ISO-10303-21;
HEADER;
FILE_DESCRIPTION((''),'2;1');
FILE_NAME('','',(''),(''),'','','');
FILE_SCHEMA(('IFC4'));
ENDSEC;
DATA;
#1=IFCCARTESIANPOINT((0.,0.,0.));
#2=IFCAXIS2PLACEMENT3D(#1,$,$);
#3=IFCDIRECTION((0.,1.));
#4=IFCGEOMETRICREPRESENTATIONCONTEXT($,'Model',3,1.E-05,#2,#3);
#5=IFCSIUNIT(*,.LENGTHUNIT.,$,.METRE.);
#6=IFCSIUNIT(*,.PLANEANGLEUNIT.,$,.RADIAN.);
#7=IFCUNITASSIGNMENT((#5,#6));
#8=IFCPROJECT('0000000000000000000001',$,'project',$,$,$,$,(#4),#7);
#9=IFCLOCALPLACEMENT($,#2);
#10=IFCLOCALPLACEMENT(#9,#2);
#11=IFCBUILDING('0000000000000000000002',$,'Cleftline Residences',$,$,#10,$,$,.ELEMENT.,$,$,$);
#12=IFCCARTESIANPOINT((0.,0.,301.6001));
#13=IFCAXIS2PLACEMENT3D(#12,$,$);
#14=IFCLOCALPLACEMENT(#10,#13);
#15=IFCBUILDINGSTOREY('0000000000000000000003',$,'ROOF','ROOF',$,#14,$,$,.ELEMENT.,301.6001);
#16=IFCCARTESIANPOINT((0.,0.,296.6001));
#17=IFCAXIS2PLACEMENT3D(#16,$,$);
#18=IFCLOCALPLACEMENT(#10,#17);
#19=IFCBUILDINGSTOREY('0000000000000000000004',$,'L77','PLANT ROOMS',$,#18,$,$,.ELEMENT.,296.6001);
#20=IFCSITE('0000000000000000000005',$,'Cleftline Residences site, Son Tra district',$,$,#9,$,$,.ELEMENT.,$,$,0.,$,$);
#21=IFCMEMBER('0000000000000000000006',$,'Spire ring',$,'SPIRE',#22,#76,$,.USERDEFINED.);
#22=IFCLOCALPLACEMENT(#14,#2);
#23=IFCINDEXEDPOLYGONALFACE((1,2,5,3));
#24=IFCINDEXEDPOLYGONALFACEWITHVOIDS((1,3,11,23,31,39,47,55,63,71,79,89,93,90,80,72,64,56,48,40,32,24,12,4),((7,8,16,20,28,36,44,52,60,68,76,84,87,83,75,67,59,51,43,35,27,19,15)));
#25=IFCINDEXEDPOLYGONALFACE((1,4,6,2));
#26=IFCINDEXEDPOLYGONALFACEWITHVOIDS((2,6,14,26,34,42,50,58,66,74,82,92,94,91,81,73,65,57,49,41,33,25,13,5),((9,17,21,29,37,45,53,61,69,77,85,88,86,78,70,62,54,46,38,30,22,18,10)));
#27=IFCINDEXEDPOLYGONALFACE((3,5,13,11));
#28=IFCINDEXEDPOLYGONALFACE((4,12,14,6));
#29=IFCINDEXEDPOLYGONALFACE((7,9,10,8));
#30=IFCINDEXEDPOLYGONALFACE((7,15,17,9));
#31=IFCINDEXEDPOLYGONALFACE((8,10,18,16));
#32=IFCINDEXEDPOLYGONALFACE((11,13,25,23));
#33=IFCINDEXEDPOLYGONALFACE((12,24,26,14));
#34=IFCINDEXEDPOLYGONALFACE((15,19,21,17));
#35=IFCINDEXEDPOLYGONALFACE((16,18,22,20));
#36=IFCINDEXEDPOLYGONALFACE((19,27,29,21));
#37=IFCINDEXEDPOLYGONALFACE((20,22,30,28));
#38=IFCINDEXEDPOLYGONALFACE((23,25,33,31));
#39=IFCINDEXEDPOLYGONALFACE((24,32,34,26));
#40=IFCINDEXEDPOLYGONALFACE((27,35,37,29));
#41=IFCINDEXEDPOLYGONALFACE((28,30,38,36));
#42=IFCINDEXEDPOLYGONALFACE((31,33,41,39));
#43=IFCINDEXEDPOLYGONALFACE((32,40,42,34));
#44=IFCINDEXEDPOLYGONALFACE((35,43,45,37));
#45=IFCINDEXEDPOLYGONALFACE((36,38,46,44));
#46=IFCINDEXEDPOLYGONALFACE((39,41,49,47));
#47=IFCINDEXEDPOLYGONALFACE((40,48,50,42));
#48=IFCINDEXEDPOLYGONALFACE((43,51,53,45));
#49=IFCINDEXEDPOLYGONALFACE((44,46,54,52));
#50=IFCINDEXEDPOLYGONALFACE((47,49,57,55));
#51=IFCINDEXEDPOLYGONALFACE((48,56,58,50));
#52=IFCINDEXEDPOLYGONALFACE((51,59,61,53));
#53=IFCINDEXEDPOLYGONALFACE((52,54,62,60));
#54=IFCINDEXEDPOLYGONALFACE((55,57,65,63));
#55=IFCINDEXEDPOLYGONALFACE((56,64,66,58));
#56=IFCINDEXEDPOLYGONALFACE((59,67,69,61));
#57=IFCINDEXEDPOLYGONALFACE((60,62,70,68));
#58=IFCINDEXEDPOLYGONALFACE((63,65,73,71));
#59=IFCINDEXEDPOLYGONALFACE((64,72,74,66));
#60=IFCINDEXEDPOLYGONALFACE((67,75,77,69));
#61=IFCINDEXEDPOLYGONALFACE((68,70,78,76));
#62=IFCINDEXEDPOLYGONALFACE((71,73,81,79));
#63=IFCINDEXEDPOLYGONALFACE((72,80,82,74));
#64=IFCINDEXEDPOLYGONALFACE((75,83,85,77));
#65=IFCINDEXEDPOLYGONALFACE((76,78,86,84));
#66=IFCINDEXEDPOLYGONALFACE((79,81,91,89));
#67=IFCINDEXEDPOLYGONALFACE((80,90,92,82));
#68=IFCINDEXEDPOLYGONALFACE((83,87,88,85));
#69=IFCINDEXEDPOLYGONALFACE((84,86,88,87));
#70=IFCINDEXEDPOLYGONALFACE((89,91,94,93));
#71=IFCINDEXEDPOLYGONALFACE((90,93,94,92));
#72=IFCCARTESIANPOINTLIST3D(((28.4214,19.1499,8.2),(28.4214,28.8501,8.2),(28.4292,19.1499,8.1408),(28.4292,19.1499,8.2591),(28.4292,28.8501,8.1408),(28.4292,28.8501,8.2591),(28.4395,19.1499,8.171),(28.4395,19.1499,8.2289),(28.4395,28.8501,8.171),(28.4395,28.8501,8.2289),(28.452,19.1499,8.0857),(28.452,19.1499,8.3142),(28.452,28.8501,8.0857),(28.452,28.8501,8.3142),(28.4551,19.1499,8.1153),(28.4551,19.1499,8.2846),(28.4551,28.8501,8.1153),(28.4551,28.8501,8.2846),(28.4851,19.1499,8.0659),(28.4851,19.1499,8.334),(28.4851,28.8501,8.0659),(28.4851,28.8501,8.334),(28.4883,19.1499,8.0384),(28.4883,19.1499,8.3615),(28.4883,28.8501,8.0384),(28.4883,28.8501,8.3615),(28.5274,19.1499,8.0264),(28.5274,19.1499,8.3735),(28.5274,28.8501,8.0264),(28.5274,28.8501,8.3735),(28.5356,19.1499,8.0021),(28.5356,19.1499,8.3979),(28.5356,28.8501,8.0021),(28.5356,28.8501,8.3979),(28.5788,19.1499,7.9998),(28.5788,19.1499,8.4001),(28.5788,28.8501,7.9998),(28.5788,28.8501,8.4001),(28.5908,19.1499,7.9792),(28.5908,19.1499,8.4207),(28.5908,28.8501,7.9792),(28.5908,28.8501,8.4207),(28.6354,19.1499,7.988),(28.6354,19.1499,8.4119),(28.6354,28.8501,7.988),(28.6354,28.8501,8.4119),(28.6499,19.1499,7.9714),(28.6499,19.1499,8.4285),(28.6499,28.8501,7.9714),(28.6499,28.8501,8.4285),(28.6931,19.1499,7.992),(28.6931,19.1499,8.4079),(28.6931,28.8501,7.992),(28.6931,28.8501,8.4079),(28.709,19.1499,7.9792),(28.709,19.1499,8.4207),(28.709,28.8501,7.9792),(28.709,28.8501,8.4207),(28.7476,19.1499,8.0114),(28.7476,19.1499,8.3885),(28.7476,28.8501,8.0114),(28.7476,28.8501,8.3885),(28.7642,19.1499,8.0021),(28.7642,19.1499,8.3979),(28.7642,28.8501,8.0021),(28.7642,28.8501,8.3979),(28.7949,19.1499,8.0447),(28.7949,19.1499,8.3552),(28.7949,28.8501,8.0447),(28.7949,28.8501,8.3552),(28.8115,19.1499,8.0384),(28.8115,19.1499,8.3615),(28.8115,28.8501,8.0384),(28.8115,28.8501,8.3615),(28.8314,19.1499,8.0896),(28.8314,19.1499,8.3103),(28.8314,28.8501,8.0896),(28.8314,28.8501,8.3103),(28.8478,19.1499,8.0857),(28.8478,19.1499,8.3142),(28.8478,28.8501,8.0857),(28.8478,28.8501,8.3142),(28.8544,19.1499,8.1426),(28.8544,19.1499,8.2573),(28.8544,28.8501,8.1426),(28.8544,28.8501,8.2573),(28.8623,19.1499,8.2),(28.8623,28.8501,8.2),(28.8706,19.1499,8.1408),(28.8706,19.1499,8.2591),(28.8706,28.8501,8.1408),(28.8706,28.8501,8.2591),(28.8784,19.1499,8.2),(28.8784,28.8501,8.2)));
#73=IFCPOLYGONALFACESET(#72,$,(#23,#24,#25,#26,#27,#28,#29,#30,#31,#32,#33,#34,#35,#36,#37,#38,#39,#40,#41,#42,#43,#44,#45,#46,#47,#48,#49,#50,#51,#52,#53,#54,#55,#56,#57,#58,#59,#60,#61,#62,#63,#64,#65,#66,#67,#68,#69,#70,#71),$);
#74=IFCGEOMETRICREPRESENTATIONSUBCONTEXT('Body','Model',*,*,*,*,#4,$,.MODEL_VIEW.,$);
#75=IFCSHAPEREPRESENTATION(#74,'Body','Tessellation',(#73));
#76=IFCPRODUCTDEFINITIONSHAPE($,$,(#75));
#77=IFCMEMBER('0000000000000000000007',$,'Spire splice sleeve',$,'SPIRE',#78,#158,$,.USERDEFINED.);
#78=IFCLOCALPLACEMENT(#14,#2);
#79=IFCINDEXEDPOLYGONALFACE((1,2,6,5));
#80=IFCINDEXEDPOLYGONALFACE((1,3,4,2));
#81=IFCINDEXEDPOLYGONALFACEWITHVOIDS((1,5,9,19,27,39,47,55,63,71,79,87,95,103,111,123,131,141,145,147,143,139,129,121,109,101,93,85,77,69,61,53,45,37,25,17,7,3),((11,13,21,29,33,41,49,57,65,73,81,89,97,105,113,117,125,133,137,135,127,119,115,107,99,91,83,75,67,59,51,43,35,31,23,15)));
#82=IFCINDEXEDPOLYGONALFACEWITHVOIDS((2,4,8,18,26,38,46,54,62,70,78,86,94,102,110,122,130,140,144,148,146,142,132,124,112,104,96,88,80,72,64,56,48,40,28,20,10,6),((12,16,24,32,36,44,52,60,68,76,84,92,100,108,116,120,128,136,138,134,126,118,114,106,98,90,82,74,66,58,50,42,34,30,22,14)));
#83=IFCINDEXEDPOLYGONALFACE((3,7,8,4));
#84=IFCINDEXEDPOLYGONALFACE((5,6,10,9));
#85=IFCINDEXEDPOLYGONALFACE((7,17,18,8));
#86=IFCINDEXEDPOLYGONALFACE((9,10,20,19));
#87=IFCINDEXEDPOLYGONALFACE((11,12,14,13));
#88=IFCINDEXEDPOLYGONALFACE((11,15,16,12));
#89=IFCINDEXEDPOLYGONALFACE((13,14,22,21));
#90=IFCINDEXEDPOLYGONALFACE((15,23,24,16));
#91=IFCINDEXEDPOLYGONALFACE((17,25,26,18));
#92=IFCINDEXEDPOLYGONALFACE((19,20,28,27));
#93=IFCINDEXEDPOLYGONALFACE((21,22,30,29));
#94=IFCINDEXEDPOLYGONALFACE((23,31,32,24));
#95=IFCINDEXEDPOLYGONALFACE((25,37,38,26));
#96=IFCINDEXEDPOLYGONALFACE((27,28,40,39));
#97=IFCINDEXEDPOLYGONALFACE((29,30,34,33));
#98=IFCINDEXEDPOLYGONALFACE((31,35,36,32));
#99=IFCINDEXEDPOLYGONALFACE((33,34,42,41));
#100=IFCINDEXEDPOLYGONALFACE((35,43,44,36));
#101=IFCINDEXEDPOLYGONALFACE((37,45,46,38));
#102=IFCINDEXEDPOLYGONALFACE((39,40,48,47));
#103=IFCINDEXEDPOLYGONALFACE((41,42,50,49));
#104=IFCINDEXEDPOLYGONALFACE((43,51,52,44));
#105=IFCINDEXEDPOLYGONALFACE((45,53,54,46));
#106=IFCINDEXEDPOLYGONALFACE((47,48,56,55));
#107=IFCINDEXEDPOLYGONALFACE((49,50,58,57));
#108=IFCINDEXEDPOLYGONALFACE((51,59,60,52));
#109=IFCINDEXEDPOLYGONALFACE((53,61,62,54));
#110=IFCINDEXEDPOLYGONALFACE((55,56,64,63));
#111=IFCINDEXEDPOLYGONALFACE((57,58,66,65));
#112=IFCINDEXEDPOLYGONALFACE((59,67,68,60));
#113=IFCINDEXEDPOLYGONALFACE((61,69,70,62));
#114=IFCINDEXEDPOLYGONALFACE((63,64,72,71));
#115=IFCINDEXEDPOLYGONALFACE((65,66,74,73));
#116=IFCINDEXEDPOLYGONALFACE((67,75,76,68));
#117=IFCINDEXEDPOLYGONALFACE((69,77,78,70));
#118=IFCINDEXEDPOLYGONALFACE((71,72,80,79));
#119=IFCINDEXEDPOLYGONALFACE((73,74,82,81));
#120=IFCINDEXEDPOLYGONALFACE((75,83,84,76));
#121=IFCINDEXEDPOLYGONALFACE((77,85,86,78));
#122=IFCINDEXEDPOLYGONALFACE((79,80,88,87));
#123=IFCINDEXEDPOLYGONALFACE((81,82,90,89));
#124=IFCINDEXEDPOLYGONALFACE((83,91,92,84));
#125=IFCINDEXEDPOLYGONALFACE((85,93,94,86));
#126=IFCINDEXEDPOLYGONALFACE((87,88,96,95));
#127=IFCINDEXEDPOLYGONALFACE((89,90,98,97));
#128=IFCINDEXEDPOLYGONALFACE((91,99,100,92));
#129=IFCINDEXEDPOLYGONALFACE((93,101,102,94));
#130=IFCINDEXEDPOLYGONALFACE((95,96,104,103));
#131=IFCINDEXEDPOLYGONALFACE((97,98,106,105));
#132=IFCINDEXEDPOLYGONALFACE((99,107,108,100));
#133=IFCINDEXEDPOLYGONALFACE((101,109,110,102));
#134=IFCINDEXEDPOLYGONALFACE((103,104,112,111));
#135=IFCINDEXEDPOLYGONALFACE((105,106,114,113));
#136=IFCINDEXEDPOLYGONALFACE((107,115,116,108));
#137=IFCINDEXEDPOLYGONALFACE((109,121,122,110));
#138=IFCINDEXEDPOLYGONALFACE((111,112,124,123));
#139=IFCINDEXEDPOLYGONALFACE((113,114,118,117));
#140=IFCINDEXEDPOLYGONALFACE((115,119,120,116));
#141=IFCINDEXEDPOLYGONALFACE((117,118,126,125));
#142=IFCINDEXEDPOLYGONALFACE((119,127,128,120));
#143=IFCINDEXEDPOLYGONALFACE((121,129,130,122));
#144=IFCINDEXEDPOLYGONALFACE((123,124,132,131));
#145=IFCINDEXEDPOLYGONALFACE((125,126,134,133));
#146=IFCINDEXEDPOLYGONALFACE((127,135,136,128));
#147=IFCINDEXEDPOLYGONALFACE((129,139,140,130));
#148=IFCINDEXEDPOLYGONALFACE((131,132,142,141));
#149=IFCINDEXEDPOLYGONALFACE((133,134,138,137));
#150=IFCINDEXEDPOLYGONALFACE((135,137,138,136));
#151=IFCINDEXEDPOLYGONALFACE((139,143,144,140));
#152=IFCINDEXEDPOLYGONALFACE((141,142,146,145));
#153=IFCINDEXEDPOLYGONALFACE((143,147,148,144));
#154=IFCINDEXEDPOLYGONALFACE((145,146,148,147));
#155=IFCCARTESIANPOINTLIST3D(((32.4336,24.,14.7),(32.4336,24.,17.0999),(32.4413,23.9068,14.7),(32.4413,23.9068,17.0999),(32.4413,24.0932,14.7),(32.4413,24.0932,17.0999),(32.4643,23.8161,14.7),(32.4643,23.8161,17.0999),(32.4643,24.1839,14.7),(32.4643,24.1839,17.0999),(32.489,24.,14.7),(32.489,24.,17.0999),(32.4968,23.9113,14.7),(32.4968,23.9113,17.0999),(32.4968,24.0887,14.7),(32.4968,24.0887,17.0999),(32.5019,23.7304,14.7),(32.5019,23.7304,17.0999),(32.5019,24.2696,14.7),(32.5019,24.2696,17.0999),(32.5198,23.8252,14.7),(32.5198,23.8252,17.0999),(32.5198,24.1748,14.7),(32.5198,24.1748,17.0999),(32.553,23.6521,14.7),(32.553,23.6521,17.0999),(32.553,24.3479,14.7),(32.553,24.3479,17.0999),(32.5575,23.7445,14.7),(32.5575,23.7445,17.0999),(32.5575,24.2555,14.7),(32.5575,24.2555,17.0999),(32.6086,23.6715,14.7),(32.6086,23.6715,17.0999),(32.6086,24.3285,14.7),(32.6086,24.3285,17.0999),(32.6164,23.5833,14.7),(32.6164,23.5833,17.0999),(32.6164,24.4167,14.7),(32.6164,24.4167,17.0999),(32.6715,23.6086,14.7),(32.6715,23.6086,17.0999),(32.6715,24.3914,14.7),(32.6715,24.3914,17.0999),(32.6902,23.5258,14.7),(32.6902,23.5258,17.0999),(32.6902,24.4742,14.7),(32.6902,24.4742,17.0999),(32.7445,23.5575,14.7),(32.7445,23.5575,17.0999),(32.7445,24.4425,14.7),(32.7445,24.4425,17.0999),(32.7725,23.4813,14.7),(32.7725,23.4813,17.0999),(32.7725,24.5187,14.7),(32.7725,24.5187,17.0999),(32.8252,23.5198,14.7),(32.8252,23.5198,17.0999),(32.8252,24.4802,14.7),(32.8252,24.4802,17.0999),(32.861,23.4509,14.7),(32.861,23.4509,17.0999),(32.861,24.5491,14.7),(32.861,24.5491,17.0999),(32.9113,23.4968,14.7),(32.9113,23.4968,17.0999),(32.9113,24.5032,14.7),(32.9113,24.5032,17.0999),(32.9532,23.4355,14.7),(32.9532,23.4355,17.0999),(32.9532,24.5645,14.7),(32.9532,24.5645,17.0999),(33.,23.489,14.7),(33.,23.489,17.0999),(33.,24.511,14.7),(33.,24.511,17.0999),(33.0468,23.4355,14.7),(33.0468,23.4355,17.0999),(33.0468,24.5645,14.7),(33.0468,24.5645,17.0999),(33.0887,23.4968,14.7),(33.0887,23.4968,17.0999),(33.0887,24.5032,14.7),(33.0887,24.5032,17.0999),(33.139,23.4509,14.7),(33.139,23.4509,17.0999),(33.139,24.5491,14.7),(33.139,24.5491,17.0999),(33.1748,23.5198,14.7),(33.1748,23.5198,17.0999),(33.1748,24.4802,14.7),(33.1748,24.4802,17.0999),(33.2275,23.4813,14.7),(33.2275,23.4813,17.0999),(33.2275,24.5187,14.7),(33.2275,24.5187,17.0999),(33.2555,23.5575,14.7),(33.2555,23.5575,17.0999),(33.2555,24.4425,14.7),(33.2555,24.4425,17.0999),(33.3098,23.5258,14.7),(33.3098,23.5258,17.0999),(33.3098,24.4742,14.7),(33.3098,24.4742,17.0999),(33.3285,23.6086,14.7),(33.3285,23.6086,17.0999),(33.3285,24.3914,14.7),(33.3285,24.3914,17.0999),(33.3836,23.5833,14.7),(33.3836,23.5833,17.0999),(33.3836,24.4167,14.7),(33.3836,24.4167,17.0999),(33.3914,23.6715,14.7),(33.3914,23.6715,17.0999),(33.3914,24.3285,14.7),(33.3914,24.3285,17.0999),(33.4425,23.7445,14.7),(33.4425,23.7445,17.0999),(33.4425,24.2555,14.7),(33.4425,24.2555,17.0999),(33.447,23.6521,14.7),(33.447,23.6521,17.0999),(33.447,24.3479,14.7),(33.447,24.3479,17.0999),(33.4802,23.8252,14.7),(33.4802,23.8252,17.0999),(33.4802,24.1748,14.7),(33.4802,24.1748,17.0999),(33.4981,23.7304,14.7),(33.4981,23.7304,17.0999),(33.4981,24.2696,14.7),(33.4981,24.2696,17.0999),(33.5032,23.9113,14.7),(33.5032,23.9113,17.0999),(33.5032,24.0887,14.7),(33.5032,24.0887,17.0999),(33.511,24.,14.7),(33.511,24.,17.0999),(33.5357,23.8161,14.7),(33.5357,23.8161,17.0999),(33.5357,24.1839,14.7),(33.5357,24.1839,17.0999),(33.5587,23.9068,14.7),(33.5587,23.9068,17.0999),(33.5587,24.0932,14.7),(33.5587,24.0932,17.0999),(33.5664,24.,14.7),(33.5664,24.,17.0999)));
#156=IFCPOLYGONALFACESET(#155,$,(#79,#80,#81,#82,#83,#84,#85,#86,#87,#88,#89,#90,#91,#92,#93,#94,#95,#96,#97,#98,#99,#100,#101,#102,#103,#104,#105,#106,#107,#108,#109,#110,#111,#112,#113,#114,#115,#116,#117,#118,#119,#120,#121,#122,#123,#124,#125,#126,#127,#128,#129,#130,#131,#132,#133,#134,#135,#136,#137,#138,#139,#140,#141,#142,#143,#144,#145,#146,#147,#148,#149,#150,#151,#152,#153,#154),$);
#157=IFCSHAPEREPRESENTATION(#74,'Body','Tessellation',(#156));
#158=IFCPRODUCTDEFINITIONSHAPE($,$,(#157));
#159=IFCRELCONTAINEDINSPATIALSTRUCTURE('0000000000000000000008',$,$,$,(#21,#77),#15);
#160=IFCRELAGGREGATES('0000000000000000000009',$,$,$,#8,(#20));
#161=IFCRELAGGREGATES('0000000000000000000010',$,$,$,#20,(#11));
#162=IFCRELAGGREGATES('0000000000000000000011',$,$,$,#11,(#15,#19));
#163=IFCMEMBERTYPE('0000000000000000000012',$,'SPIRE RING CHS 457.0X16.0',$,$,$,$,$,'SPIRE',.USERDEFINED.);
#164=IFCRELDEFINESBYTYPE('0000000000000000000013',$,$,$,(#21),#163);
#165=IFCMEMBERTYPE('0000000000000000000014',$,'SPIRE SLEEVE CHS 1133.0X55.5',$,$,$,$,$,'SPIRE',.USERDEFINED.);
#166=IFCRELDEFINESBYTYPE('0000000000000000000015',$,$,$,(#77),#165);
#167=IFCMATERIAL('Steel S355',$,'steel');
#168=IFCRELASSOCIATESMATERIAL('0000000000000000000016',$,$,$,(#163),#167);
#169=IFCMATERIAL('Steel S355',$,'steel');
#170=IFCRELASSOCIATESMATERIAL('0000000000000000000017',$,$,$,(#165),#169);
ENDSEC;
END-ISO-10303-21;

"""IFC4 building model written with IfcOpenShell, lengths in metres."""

from ifc_helpers import new_model, si_unit, direction, frame, origin, origin_2d, place, context, subcontext, project, spatial, hollow_circle, extrude, material, material_profile, profile_set, type_object, element, save


model = new_model("IFC4")

# Units and contexts
model_context = context("Model", 3, precision=1e-05, world=origin(), true_north=direction((0.0, 1.0)))
body_context = subcontext(model_context, "Body", "Model", "MODEL_VIEW")
ifc_project = project(units=[si_unit("LENGTHUNIT", "METRE"), si_unit("PLANEANGLEUNIT", "RADIAN")], contexts=[model_context])

# Site, building, storey
site_placement = place(None, origin())
site = spatial("IfcSite", under=ifc_project, at=site_placement, Name="Cleftline Residences site, Son Tra district", CompositionType="ELEMENT", RefElevation=0.0)
building_placement = place(site_placement, origin())
building = spatial("IfcBuilding", under=site, at=building_placement, Name="Cleftline Residences", CompositionType="ELEMENT")
storey_1_placement = place(building_placement, frame((0.0, 0.0, 301.6001)))
storey_1 = spatial("IfcBuildingStorey", under=building, at=storey_1_placement, Name="ROOF", Description="ROOF", CompositionType="ELEMENT", Elevation=301.6001)

# Members
ifc_material_1 = material(Name="Steel S355", Category="steel")
ifc_material_profile_1 = material_profile(ifc_material_1, hollow_circle(Radius=0.2285, WallThickness=0.0161, at=origin_2d()))
ifc_profile_set_1 = profile_set([ifc_material_profile_1], Name="Steel S355")
member_type_1 = type_object("IfcMemberType", Name="SPIRE RING CHS 457.0X16.0", ElementType="SPIRE", PredefinedType="USERDEFINED", material=ifc_profile_set_1)
member_1_placement = place(storey_1_placement, frame((28.6499, 28.8501, 8.2), z_axis=(0.0, -1.0, 0.0), x_axis=(1.0, 0.0, 0.0)))
element("IfcMember", 1, at=member_1_placement, inside=storey_1, type_object=member_type_1, Name="Spire ring", ObjectType="SPIRE", PredefinedType="USERDEFINED", context=body_context, shape_type="SweptSolid", body=[
    extrude(hollow_circle(Radius=0.2285, WallThickness=0.0161, at=origin_2d()), origin(), (0.0, 0.0, 1.0), 9.7002),
])
ifc_material_2 = material(Name="Steel S355", Category="steel")
ifc_material_profile_2 = material_profile(ifc_material_2, hollow_circle(Radius=0.5664, WallThickness=0.0554, at=origin_2d()))
ifc_profile_set_2 = profile_set([ifc_material_profile_2], Name="Steel S355")
member_type_2 = type_object("IfcMemberType", Name="SPIRE SLEEVE CHS 1133.0X55.5", ElementType="SPIRE", PredefinedType="USERDEFINED", material=ifc_profile_set_2)
member_2_placement = place(storey_1_placement, frame((33.0, 24.0, 14.7), z_axis=(0.0, 0.0, 1.0), x_axis=(1.0, 0.0, 0.0)))
element("IfcMember", 2, at=member_2_placement, inside=storey_1, type_object=member_type_2, Name="Spire splice sleeve", ObjectType="SPIRE", PredefinedType="USERDEFINED", context=body_context, shape_type="SweptSolid", body=[
    extrude(hollow_circle(Radius=0.5664, WallThickness=0.0554, at=origin_2d()), origin(), (0.0, 0.0, 1.0), 2.3999),
])

# Shared definitions
storey_2_placement = place(building_placement, frame((0.0, 0.0, 296.6001)))
storey_2 = spatial("IfcBuildingStorey", under=building, at=storey_2_placement, Name="L77", Description="PLANT ROOMS", CompositionType="ELEMENT", Elevation=296.6001)

save(model, "model.ifc")
